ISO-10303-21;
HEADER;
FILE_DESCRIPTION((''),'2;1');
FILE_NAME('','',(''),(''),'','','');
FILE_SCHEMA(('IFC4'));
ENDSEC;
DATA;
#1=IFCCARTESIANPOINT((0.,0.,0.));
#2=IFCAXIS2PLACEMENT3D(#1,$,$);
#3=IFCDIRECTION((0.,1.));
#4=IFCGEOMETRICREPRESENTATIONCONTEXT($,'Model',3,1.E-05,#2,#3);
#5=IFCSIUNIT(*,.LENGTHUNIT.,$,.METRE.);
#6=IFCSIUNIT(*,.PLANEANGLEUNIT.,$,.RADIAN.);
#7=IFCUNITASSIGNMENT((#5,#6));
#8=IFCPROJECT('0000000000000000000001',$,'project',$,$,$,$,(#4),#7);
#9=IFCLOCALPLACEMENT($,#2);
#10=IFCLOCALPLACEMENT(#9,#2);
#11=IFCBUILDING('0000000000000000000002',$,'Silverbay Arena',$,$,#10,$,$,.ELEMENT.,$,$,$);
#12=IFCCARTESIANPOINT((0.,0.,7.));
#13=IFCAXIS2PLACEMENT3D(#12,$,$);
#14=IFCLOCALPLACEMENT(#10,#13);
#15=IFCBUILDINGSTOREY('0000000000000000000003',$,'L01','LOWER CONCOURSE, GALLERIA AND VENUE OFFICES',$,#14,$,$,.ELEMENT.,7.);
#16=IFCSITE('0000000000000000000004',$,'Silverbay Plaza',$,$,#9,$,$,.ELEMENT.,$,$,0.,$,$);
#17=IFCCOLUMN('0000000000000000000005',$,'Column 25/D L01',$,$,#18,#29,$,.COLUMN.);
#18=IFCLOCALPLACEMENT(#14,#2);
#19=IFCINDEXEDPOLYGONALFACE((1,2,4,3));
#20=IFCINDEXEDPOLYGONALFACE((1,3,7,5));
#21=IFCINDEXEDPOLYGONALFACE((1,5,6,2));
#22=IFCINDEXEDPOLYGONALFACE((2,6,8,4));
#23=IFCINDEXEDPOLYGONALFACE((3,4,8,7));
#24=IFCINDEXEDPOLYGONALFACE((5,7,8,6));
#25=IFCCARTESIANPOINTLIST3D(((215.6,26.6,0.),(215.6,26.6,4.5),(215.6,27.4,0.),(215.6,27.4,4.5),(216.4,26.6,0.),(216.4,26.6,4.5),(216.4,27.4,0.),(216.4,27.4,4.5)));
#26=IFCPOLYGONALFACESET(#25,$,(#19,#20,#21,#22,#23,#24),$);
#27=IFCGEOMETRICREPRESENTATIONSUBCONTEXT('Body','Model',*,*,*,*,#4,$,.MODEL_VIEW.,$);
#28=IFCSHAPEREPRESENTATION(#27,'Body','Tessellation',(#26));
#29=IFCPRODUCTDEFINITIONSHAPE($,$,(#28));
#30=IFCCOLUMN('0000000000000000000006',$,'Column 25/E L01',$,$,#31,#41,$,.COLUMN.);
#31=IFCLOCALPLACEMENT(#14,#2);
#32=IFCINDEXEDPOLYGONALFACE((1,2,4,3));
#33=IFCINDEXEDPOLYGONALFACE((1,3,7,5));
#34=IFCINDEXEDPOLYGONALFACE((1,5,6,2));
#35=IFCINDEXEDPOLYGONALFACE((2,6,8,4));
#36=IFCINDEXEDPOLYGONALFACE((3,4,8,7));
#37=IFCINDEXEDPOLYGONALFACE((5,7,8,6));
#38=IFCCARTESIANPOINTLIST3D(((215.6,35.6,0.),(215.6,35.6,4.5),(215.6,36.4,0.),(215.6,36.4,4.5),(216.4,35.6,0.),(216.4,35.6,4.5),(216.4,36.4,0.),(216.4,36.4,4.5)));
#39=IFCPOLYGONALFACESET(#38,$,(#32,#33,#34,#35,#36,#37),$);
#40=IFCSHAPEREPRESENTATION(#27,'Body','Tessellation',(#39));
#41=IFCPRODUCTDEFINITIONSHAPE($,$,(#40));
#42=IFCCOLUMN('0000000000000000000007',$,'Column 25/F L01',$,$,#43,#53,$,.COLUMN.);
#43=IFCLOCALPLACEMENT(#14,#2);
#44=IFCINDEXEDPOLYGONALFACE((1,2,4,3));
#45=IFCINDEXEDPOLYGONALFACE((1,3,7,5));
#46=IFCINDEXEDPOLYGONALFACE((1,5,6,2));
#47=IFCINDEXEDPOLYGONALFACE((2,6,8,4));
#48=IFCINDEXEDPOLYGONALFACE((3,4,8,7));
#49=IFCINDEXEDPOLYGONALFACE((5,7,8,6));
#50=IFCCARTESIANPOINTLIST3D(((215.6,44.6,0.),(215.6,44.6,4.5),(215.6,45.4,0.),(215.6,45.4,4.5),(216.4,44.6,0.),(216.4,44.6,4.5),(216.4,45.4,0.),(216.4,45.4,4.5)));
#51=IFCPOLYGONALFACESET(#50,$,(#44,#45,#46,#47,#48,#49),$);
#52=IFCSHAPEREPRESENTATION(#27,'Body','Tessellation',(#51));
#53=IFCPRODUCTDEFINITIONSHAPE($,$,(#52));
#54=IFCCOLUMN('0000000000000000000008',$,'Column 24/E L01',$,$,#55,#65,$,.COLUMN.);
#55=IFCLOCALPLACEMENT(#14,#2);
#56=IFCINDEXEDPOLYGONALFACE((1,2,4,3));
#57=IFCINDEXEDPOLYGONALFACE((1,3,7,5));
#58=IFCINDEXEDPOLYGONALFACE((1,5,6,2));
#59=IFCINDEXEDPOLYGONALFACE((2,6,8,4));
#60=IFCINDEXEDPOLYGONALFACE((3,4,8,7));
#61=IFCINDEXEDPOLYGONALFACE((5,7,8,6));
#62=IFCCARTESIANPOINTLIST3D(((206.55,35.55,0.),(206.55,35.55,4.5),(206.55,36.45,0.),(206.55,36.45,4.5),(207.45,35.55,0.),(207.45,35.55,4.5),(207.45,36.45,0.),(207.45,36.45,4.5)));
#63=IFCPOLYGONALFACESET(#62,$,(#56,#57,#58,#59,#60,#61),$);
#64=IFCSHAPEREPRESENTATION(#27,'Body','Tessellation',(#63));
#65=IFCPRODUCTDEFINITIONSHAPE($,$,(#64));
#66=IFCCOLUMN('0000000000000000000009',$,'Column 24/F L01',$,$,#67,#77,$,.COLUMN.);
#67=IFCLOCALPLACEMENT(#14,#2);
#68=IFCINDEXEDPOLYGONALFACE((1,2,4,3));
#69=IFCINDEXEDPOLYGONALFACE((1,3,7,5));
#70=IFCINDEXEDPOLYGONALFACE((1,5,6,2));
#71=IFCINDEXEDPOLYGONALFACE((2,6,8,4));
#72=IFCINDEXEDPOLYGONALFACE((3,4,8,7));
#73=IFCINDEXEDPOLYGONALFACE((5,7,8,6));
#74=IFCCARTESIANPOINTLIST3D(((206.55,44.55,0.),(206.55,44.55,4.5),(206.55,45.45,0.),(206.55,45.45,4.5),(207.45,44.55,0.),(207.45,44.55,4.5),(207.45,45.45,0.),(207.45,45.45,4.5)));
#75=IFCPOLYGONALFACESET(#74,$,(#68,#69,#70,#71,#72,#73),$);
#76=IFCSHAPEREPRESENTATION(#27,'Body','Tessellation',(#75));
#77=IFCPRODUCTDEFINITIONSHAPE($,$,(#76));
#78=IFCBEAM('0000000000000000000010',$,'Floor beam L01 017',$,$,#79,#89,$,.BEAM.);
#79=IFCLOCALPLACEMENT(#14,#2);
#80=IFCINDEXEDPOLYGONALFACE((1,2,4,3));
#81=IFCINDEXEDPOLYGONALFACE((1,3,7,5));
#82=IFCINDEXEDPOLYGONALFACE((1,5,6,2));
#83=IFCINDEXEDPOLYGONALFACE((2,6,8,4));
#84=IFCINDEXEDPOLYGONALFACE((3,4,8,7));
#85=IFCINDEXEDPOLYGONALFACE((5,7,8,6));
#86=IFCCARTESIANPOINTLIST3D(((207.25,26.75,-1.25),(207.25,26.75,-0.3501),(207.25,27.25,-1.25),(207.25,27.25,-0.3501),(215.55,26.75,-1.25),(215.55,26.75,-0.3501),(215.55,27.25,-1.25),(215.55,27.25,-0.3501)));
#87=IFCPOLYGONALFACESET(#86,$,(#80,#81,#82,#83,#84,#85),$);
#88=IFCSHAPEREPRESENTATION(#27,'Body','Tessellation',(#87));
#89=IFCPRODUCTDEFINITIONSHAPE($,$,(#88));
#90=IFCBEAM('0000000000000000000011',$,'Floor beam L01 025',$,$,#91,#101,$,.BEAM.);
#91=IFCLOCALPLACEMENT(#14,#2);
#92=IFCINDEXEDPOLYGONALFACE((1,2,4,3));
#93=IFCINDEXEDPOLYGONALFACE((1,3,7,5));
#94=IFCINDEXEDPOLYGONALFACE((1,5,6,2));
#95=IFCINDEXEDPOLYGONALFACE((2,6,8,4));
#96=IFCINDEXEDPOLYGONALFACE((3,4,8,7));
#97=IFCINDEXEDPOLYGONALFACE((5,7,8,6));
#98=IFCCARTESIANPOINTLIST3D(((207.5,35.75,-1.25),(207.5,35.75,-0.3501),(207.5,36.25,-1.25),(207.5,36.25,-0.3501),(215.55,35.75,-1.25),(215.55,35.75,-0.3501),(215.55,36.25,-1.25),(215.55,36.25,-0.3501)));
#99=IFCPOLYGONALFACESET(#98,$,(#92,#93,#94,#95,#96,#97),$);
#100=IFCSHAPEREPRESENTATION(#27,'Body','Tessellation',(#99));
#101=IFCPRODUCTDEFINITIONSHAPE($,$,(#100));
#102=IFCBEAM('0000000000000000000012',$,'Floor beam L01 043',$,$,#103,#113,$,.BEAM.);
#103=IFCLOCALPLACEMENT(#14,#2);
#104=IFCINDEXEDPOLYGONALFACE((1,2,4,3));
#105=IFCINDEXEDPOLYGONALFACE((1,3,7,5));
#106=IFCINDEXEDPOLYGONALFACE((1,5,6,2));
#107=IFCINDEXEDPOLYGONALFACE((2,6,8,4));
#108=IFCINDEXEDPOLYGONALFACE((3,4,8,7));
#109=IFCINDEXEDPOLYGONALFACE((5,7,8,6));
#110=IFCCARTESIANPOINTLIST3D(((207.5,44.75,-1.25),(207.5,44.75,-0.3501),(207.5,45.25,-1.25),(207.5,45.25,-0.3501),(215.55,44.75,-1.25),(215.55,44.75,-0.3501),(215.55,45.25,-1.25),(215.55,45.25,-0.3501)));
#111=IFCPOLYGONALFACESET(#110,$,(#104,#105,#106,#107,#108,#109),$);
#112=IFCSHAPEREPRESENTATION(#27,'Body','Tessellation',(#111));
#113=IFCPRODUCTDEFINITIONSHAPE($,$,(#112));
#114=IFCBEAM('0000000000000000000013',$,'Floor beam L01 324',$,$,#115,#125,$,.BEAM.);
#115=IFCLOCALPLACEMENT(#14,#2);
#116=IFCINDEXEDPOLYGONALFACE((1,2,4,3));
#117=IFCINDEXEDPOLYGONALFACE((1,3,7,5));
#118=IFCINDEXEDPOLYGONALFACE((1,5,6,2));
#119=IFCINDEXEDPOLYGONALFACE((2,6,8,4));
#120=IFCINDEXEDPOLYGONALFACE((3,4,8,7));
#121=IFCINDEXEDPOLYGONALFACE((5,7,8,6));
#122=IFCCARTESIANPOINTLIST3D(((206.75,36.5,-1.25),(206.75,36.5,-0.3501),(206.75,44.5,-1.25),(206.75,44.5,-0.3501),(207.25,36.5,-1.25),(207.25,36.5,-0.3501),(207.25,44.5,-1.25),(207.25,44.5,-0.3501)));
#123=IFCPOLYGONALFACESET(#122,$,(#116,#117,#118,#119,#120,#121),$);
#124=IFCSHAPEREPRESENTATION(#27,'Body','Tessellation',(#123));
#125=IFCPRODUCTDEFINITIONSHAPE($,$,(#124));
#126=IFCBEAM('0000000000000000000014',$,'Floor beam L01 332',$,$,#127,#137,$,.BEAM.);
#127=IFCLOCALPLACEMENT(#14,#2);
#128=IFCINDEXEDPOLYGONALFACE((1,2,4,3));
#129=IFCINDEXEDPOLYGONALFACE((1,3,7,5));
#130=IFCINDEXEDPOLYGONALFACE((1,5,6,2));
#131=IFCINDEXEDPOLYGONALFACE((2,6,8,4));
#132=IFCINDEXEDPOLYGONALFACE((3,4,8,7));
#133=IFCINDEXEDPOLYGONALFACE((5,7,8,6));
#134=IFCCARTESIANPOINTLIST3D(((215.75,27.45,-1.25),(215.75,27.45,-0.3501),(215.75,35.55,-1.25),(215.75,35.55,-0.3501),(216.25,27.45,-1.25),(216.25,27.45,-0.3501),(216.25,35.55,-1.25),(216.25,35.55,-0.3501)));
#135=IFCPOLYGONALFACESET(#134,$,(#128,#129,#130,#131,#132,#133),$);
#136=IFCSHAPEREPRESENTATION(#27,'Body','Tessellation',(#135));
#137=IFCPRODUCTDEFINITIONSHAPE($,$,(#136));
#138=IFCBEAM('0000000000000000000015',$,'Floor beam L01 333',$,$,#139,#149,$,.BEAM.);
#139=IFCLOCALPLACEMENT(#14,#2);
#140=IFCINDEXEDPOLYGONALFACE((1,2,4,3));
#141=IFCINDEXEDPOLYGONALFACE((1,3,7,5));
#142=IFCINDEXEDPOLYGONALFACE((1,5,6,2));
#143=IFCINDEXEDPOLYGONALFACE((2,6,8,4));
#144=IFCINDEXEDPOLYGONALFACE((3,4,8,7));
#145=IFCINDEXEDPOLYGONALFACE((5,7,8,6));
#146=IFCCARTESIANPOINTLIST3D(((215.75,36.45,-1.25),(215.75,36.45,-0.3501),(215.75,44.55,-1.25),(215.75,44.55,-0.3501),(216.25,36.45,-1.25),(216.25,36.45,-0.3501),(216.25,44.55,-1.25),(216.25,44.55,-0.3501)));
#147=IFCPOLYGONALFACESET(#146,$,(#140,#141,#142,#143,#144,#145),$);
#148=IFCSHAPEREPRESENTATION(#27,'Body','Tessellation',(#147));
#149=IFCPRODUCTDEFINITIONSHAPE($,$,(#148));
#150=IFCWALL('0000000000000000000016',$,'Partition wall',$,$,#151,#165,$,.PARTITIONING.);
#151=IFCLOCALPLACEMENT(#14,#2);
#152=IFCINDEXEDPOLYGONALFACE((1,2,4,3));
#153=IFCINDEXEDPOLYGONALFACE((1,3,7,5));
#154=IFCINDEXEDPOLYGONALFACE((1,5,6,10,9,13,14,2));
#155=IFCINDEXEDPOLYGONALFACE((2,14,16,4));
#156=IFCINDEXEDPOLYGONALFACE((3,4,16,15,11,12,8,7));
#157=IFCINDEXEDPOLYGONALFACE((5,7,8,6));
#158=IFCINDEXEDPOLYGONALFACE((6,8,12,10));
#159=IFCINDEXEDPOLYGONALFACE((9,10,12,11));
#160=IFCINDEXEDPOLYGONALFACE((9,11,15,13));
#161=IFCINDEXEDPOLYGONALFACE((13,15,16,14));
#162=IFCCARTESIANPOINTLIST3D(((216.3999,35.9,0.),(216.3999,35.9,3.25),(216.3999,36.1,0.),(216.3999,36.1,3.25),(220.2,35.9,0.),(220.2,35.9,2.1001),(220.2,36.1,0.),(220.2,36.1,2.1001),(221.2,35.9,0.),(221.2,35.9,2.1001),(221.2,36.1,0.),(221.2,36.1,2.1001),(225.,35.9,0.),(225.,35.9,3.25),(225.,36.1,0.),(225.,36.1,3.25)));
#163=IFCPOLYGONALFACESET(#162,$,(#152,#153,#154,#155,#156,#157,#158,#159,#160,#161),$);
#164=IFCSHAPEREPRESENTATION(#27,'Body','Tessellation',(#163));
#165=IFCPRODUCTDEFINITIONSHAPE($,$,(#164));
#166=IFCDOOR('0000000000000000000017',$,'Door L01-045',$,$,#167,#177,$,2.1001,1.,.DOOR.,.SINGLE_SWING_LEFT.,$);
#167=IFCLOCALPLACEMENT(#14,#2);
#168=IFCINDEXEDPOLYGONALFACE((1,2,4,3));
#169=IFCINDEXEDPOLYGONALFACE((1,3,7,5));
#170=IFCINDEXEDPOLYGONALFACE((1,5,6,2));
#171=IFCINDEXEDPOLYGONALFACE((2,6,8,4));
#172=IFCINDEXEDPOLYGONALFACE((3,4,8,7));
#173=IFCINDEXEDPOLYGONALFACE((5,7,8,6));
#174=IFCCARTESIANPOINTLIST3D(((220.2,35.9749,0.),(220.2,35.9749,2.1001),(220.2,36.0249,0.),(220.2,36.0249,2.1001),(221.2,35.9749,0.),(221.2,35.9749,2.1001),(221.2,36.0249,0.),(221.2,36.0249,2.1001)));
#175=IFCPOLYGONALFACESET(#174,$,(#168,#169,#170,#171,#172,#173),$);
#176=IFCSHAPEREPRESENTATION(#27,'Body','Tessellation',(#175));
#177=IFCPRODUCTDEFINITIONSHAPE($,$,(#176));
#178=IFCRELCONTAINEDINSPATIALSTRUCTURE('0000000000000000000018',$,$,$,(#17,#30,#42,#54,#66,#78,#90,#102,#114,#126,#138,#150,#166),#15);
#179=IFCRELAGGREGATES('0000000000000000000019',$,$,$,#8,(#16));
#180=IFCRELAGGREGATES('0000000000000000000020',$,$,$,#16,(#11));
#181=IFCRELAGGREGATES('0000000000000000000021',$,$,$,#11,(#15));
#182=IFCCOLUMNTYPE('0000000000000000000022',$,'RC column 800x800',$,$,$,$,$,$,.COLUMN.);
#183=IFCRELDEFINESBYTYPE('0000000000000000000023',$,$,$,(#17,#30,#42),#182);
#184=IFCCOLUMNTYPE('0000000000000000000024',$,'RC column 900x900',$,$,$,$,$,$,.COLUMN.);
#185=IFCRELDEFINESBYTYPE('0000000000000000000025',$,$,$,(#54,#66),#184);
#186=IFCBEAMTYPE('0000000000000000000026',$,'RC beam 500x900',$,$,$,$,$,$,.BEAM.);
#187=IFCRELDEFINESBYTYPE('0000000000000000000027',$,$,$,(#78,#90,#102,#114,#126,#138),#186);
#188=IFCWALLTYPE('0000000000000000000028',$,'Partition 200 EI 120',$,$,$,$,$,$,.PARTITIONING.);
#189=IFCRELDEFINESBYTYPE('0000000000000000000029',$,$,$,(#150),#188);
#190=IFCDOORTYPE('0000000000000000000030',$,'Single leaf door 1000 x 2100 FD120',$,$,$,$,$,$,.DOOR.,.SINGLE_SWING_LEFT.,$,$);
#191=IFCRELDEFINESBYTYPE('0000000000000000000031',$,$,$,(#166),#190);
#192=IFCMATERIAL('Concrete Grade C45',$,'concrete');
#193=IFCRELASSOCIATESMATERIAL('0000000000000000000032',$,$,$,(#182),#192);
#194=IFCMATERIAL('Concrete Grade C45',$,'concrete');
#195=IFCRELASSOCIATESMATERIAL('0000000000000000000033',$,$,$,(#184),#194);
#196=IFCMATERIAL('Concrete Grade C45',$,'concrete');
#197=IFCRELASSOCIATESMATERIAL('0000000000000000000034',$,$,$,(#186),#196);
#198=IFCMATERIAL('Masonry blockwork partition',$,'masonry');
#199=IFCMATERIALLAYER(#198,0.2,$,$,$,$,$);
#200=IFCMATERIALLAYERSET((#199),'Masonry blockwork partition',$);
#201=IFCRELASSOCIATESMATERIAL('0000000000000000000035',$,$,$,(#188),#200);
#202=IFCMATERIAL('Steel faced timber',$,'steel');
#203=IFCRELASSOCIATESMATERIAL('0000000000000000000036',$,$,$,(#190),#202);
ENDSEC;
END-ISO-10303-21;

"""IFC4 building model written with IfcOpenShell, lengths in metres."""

from ifc_helpers import new_model, si_unit, direction, frame, frame_2d, origin, origin_2d, place, context, subcontext, project, spatial, rectangle, extrude, material, layer, layer_set, material_profile, profile_set, type_object, element, fill, save


model = new_model("IFC4")

# Units and contexts
model_context = context("Model", 3, precision=1e-05, world=origin(), true_north=direction((0.0, 1.0)))
body_context = subcontext(model_context, "Body", "Model", "MODEL_VIEW")
ifc_project = project(units=[si_unit("LENGTHUNIT", "METRE"), si_unit("PLANEANGLEUNIT", "RADIAN")], contexts=[model_context])

# Site, building, storey
site_placement = place(None, origin())
site = spatial("IfcSite", under=ifc_project, at=site_placement, Name="Silverbay Plaza", CompositionType="ELEMENT", RefElevation=0.0)
building_placement = place(site_placement, origin())
building = spatial("IfcBuilding", under=site, at=building_placement, Name="Silverbay Arena", CompositionType="ELEMENT")
storey_placement = place(building_placement, frame((0.0, 0.0, 7.0)))
storey = spatial("IfcBuildingStorey", under=building, at=storey_placement, Name="L01", Description="LOWER CONCOURSE, GALLERIA AND VENUE OFFICES", CompositionType="ELEMENT", Elevation=7.0)

# Columns
ifc_material_1 = material(Name="Concrete Grade C45", Category="concrete")
ifc_material_profile_1 = material_profile(ifc_material_1, rectangle(XDim=0.8, YDim=0.8, at=origin_2d()), Name="RC 800x800")
ifc_profile_set_1 = profile_set([ifc_material_profile_1], Name="Concrete Grade C45")
column_type_1 = type_object("IfcColumnType", Name="RC column 800x800", PredefinedType="COLUMN", material=ifc_profile_set_1)
for number, where, z_axis, x_axis, name in (
    (1, (216.0, 27.0, 0.0), (0.0, 0.0, 1.0), (1.0, 0.0, 0.0), "Column 25/D L01"),
    (2, (216.0, 36.0, 0.0), (0.0, 0.0, 1.0), (1.0, 0.0, 0.0), "Column 25/E L01"),
    (3, (216.0, 45.0, 0.0), (0.0, 0.0, 1.0), (1.0, 0.0, 0.0), "Column 25/F L01"),
):
    element("IfcColumn", number, at=place(storey_placement, frame(where, z_axis=z_axis, x_axis=x_axis)), inside=storey, type_object=column_type_1, Name=name, PredefinedType="COLUMN", context=body_context, shape_type="SweptSolid", body=[
        extrude(rectangle(XDim=0.8, YDim=0.8, at=origin_2d()), origin(), (0.0, 0.0, 1.0), 4.5),
    ])
ifc_material_2 = material(Name="Concrete Grade C45", Category="concrete")
ifc_material_profile_2 = material_profile(ifc_material_2, rectangle(XDim=0.8999, YDim=0.8999, at=origin_2d()), Name="RC 900x900")
ifc_profile_set_2 = profile_set([ifc_material_profile_2], Name="Concrete Grade C45")
column_type_2 = type_object("IfcColumnType", Name="RC column 900x900", PredefinedType="COLUMN", material=ifc_profile_set_2)
for number, where, z_axis, x_axis, name in (
    (4, (207.0, 36.0, 0.0), (0.0, 0.0, 1.0), (1.0, 0.0, 0.0), "Column 24/E L01"),
    (5, (207.0, 45.0, 0.0), (0.0, 0.0, 1.0), (1.0, 0.0, 0.0), "Column 24/F L01"),
):
    element("IfcColumn", number, at=place(storey_placement, frame(where, z_axis=z_axis, x_axis=x_axis)), inside=storey, type_object=column_type_2, Name=name, PredefinedType="COLUMN", context=body_context, shape_type="SweptSolid", body=[
        extrude(rectangle(XDim=0.8999, YDim=0.8999, at=origin_2d()), origin(), (0.0, 0.0, 1.0), 4.5),
    ])

# Beams
ifc_material_3 = material(Name="Concrete Grade C45", Category="concrete")
ifc_material_profile_3 = material_profile(ifc_material_3, rectangle(XDim=0.5, YDim=0.8999, at=origin_2d()), Name="RC 500x900")
ifc_profile_set_3 = profile_set([ifc_material_profile_3], Name="Concrete Grade C45")
beam_type = type_object("IfcBeamType", Name="RC beam 500x900", PredefinedType="BEAM", material=ifc_profile_set_3)
beam_1_placement = place(storey_placement, frame((207.25, 27.0, -0.8), z_axis=(1.0, 0.0, 0.0), x_axis=(0.0, 1.0, 0.0)))
element("IfcBeam", 6, at=beam_1_placement, inside=storey, type_object=beam_type, Name="Floor beam L01 017", PredefinedType="BEAM", context=body_context, shape_type="SweptSolid", body=[
    extrude(rectangle(XDim=0.5, YDim=0.8999, at=origin_2d()), origin(), (0.0, 0.0, 1.0), 8.3),
])
for number, where, z_axis, x_axis, name in (
    (7, (207.5, 36.0, -0.8), (1.0, 0.0, 0.0), (0.0, 1.0, 0.0), "Floor beam L01 025"),
    (8, (207.5, 45.0, -0.8), (1.0, 0.0, 0.0), (0.0, 1.0, 0.0), "Floor beam L01 043"),
):
    element("IfcBeam", number, at=place(storey_placement, frame(where, z_axis=z_axis, x_axis=x_axis)), inside=storey, type_object=beam_type, Name=name, PredefinedType="BEAM", context=body_context, shape_type="SweptSolid", body=[
        extrude(rectangle(XDim=0.5, YDim=0.8999, at=origin_2d()), origin(), (0.0, 0.0, 1.0), 8.05),
    ])
beam_2_placement = place(storey_placement, frame((207.0, 36.5, -0.8), z_axis=(0.0, 1.0, 0.0), x_axis=(-1.0, 0.0, 0.0)))
element("IfcBeam", 9, at=beam_2_placement, inside=storey, type_object=beam_type, Name="Floor beam L01 324", PredefinedType="BEAM", context=body_context, shape_type="SweptSolid", body=[
    extrude(rectangle(XDim=0.5, YDim=0.8999, at=origin_2d()), origin(), (0.0, 0.0, 1.0), 8.0),
])
for number, where, z_axis, x_axis, name in (
    (10, (216.0, 27.45, -0.8), (0.0, 1.0, 0.0), (-1.0, 0.0, 0.0), "Floor beam L01 332"),
    (11, (216.0, 36.45, -0.8), (0.0, 1.0, 0.0), (-1.0, 0.0, 0.0), "Floor beam L01 333"),
):
    element("IfcBeam", number, at=place(storey_placement, frame(where, z_axis=z_axis, x_axis=x_axis)), inside=storey, type_object=beam_type, Name=name, PredefinedType="BEAM", context=body_context, shape_type="SweptSolid", body=[
        extrude(rectangle(XDim=0.5, YDim=0.8999, at=origin_2d()), origin(), (0.0, 0.0, 1.0), 8.1001),
    ])

# Wall, opening, door
ifc_material_4 = material(Name="Masonry blockwork partition", Category="masonry")
ifc_layer = layer(ifc_material_4, 0.2)
ifc_layer_set = layer_set([ifc_layer], Name="Masonry blockwork partition")
wall_type = type_object("IfcWallType", Name="Partition 200 EI 120", PredefinedType="PARTITIONING", material=ifc_layer_set)
wall_1_placement = place(storey_placement, frame((216.3999, 36.0, 0.0), z_axis=(0.0, 0.0, 1.0), x_axis=(1.0, 0.0, 0.0)))
wall_1 = element("IfcWall", 12, at=wall_1_placement, inside=storey, type_object=wall_type, Name="Partition wall", PredefinedType="PARTITIONING", context=body_context, shape_type="SweptSolid", body=[
    extrude(rectangle(XDim=8.6001, YDim=0.2, at=frame_2d((4.3, 0.0))), origin(), (0.0, 0.0, 1.0), 3.25),
])
opening_1_placement = place(wall_1_placement, frame((3.8, 0.0, 0.0)))
opening_1 = element("IfcOpeningElement", 13, at=opening_1_placement, cuts=wall_1, PredefinedType="OPENING", context=body_context, shape_type="SweptSolid", body=[
    extrude(rectangle(XDim=1.0, YDim=2.1001, at=frame_2d((0.5, 1.05))), frame((0.0, 0.1099, 0.0), z_axis=(0.0, -1.0, 0.0), x_axis=(1.0, 0.0, 0.0)), (0.0, 0.0, 1.0), 0.22),
])
ifc_material_5 = material(Name="Steel faced timber", Category="steel")
door_type_1 = type_object("IfcDoorType", Name="Single leaf door 1000 x 2100 FD120", OperationType="SINGLE_SWING_LEFT", PredefinedType="DOOR", material=ifc_material_5)
door_1_placement = place(opening_1_placement, origin())
door_1 = element("IfcDoor", 14, at=door_1_placement, inside=storey, type_object=door_type_1, Name="Door L01-045", OperationType="SINGLE_SWING_LEFT", OverallHeight=2.1001, OverallWidth=1.0, PredefinedType="DOOR", context=body_context, shape_type="SweptSolid", body=[
    extrude(rectangle(XDim=1.0, YDim=2.1001, at=frame_2d((0.5, 1.05))), frame((0.0, 0.0249, 0.0), z_axis=(0.0, -1.0, 0.0), x_axis=(1.0, 0.0, 0.0)), (0.0, 0.0, 1.0), 0.05),
])
fill(opening_1, door_1)

save(model, "model.ifc")
